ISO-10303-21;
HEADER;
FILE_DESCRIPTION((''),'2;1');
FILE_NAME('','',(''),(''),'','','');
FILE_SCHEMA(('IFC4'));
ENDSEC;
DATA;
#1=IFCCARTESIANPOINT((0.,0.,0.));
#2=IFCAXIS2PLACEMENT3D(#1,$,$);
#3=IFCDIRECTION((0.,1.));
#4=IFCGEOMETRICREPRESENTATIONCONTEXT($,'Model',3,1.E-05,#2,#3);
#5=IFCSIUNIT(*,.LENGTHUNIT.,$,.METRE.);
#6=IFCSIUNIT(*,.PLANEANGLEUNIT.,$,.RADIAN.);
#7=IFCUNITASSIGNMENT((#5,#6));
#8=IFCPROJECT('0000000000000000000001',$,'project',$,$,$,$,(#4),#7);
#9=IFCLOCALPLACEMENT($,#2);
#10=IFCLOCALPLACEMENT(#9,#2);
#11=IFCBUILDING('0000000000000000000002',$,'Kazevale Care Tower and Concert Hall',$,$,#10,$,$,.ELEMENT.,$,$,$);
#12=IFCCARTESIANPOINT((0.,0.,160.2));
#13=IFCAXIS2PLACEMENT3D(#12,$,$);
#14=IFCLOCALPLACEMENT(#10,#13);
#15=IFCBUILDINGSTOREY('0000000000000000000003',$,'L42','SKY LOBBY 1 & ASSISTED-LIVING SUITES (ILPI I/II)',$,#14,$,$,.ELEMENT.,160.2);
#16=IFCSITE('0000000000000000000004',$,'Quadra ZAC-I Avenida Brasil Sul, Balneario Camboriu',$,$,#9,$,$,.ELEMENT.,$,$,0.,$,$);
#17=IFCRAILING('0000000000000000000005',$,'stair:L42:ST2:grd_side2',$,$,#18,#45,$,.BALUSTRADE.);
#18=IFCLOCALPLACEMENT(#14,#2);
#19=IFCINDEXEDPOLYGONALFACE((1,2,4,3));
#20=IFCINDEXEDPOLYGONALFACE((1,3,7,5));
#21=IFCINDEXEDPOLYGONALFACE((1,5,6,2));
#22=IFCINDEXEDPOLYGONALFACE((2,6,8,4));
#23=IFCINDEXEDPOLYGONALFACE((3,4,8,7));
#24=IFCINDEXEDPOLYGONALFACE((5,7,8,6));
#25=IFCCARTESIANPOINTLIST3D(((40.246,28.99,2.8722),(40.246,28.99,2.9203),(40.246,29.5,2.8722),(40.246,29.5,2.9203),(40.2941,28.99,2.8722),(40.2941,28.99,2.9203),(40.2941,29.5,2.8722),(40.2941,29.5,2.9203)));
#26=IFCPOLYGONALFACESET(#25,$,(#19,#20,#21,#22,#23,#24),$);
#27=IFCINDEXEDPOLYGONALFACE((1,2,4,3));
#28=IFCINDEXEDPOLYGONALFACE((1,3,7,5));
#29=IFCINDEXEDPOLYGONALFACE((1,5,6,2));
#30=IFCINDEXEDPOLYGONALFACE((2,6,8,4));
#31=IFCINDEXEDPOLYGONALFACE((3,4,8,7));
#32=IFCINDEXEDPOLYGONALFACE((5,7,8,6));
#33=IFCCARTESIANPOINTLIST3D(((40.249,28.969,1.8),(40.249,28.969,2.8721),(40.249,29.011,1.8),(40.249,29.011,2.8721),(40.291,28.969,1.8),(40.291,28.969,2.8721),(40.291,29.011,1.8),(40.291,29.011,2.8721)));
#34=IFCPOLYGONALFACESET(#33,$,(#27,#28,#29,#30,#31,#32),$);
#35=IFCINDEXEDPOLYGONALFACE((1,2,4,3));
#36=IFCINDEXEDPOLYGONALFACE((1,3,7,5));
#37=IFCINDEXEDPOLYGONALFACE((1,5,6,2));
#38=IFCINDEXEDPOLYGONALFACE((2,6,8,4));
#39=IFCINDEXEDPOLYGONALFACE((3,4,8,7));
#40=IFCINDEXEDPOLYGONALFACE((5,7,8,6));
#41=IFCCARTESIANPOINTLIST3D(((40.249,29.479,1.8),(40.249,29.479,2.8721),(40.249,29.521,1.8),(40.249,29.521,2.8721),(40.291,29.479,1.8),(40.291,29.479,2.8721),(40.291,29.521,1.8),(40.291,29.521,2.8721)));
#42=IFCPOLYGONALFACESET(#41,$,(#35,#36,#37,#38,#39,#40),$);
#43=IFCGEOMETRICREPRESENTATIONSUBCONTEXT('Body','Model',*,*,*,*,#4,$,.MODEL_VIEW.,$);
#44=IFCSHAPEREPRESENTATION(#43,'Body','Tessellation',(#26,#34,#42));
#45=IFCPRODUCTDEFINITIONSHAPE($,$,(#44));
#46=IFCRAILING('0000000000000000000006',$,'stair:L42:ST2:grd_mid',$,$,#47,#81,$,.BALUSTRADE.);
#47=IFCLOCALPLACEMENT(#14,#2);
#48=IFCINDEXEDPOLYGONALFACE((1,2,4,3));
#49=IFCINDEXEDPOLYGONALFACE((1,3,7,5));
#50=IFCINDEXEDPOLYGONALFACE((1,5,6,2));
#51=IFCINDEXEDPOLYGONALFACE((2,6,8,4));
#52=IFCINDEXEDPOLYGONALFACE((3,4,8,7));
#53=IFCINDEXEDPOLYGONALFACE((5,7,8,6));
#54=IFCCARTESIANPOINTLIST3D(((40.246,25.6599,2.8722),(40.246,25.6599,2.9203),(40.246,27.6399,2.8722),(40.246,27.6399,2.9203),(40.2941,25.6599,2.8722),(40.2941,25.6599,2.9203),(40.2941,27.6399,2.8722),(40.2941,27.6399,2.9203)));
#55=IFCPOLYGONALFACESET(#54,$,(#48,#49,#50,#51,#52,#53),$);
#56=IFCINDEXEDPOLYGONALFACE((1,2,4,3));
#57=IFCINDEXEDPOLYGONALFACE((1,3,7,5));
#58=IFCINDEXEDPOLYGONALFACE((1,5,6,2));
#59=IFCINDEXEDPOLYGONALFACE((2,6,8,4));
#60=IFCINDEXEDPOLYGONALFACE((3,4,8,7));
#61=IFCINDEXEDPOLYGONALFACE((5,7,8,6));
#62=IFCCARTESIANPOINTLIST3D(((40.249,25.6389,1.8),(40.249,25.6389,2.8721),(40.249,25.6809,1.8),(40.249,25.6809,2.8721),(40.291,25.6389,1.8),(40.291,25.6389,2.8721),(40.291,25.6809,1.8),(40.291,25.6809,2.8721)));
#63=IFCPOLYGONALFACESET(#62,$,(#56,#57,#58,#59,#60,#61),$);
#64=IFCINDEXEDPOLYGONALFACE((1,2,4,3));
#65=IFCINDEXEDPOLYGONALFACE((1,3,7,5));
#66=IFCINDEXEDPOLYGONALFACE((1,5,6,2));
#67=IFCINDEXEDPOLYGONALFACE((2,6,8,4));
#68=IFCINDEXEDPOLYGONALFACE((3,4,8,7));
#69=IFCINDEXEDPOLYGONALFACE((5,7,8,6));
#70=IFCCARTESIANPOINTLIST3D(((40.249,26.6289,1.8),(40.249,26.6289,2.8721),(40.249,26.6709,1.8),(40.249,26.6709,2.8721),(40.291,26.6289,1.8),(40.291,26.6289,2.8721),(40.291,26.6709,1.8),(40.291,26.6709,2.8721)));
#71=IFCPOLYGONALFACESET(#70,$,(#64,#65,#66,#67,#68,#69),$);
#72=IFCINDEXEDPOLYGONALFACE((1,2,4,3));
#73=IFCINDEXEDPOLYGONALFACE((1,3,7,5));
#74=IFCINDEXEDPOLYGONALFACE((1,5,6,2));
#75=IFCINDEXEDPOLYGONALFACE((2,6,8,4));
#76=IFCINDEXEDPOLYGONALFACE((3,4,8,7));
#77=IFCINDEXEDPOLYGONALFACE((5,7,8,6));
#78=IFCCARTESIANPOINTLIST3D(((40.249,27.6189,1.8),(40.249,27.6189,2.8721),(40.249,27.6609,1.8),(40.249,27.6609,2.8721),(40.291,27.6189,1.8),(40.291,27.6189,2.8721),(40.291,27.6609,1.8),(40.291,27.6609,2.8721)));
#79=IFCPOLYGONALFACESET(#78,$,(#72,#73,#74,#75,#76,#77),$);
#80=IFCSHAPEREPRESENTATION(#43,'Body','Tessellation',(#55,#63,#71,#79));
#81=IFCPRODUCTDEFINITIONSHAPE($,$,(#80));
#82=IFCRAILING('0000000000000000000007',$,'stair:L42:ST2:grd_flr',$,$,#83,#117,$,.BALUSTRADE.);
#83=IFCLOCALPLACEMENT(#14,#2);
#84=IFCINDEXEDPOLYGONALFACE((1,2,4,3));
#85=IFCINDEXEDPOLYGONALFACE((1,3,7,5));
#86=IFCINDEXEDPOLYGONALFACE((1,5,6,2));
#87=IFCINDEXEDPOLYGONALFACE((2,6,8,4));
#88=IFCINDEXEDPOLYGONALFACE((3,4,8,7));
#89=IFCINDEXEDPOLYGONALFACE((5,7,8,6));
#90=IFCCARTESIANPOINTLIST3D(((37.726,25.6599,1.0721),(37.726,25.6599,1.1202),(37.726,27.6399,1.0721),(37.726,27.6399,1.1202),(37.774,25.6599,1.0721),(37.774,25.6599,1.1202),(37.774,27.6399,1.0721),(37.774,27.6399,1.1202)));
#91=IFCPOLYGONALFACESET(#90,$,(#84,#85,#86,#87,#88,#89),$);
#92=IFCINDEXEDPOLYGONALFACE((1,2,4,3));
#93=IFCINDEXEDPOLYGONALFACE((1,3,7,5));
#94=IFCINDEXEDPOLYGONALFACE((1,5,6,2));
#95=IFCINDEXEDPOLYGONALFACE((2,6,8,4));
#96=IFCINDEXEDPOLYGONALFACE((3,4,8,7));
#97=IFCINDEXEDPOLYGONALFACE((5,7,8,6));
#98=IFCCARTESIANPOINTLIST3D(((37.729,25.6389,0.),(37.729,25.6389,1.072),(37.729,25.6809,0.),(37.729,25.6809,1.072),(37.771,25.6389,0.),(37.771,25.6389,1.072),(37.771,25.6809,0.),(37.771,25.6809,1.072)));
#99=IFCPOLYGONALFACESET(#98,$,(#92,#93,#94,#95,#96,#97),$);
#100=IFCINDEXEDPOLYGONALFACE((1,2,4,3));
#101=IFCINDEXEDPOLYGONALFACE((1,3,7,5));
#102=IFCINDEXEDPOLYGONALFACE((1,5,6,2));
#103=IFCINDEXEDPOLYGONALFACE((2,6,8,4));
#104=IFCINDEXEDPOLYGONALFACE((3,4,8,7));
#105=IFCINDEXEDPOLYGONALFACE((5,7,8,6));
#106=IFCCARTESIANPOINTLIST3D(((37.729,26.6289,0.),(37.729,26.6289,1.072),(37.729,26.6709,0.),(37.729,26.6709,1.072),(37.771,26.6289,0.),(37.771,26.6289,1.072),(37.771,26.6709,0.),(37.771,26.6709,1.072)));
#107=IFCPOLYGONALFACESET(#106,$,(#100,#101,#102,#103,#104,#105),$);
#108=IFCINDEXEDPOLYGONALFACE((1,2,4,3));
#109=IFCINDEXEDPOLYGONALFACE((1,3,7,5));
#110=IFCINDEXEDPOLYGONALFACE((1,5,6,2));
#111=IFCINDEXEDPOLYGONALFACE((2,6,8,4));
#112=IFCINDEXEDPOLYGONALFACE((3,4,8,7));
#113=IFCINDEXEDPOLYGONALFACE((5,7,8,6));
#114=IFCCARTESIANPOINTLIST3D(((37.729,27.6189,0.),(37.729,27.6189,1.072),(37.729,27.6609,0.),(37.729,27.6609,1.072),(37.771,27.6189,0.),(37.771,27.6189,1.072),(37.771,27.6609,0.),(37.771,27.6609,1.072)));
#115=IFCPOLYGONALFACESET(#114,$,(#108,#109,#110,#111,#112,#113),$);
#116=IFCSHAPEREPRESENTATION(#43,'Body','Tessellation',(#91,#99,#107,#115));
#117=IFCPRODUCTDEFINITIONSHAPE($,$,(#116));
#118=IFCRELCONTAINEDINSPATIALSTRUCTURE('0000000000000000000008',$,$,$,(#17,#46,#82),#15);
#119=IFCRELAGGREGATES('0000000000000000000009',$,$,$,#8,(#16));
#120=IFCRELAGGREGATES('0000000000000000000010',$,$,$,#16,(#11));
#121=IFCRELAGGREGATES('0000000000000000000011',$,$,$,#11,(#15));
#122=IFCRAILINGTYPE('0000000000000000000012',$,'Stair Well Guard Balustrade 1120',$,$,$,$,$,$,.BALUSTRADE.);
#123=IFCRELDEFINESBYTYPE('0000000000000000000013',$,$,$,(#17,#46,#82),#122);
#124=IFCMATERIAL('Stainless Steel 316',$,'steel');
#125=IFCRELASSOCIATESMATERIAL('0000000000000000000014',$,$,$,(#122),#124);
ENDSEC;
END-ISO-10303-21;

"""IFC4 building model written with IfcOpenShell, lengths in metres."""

from ifc_helpers import new_model, si_unit, direction, frame, origin, origin_2d, place, context, subcontext, project, spatial, rectangle, extrude, material, type_object, element, save


model = new_model("IFC4")

# Units and contexts
model_context = context("Model", 3, precision=1e-05, world=origin(), true_north=direction((0.0, 1.0)))
body_context = subcontext(model_context, "Body", "Model", "MODEL_VIEW")
ifc_project = project(units=[si_unit("LENGTHUNIT", "METRE"), si_unit("PLANEANGLEUNIT", "RADIAN")], contexts=[model_context])

# Site, building, storey
site_placement = place(None, origin())
site = spatial("IfcSite", under=ifc_project, at=site_placement, Name="Quadra ZAC-I Avenida Brasil Sul, Balneario Camboriu", CompositionType="ELEMENT", RefElevation=0.0)
building_placement = place(site_placement, origin())
building = spatial("IfcBuilding", under=site, at=building_placement, Name="Kazevale Care Tower and Concert Hall", CompositionType="ELEMENT")
storey_placement = place(building_placement, frame((0.0, 0.0, 160.2)))
storey = spatial("IfcBuildingStorey", under=building, at=storey_placement, Name="L42", Description="SKY LOBBY 1 & ASSISTED-LIVING SUITES (ILPI I/II)", CompositionType="ELEMENT", Elevation=160.2)

# Railings
ifc_material_1 = material(Name="Stainless Steel 316", Category="steel")
railing_type_1 = type_object("IfcRailingType", Name="Stair Well Guard Balustrade 1120", PredefinedType="BALUSTRADE", material=ifc_material_1)
railing_1_placement = place(storey_placement, frame((40.27, 28.99, 1.8)))
element("IfcRailing", 1, at=railing_1_placement, inside=storey, type_object=railing_type_1, Name="stair:L42:ST2:grd_side2", PredefinedType="BALUSTRADE", context=body_context, shape_type="SweptSolid", body=[
    extrude(rectangle(XDim=0.0481, YDim=0.0481, at=origin_2d()), frame((0.0, 0.0, 1.0962), z_axis=(0.0, 1.0, 0.0), x_axis=(-1.0, 0.0, 0.0)), (0.0, 0.0, 1.0), 0.51),
    extrude(rectangle(XDim=0.042, YDim=0.042, at=origin_2d()), origin(), (0.0, 0.0, 1.0), 1.072),
    extrude(rectangle(XDim=0.042, YDim=0.042, at=origin_2d()), frame((0.0, 0.51, 0.0)), (0.0, 0.0, 1.0), 1.072),
])
for number, where, name in (
    (2, (40.27, 25.6599, 1.8), "stair:L42:ST2:grd_mid"),
    (3, (37.75, 25.6599, 0.0), "stair:L42:ST2:grd_flr"),
):
    element("IfcRailing", number, at=place(storey_placement, frame(where)), inside=storey, type_object=railing_type_1, Name=name, PredefinedType="BALUSTRADE", context=body_context, shape_type="SweptSolid", body=[
        extrude(rectangle(XDim=0.0481, YDim=0.0481, at=origin_2d()), frame((0.0, 0.0, 1.0962), z_axis=(0.0, 1.0, 0.0), x_axis=(-1.0, 0.0, 0.0)), (0.0, 0.0, 1.0), 1.98),
        extrude(rectangle(XDim=0.042, YDim=0.042, at=origin_2d()), origin(), (0.0, 0.0, 1.0), 1.072),
        extrude(rectangle(XDim=0.042, YDim=0.042, at=origin_2d()), frame((0.0, 0.99, 0.0)), (0.0, 0.0, 1.0), 1.072),
        extrude(rectangle(XDim=0.042, YDim=0.042, at=origin_2d()), frame((0.0, 1.98, 0.0)), (0.0, 0.0, 1.0), 1.072),
    ])

save(model, "model.ifc")
